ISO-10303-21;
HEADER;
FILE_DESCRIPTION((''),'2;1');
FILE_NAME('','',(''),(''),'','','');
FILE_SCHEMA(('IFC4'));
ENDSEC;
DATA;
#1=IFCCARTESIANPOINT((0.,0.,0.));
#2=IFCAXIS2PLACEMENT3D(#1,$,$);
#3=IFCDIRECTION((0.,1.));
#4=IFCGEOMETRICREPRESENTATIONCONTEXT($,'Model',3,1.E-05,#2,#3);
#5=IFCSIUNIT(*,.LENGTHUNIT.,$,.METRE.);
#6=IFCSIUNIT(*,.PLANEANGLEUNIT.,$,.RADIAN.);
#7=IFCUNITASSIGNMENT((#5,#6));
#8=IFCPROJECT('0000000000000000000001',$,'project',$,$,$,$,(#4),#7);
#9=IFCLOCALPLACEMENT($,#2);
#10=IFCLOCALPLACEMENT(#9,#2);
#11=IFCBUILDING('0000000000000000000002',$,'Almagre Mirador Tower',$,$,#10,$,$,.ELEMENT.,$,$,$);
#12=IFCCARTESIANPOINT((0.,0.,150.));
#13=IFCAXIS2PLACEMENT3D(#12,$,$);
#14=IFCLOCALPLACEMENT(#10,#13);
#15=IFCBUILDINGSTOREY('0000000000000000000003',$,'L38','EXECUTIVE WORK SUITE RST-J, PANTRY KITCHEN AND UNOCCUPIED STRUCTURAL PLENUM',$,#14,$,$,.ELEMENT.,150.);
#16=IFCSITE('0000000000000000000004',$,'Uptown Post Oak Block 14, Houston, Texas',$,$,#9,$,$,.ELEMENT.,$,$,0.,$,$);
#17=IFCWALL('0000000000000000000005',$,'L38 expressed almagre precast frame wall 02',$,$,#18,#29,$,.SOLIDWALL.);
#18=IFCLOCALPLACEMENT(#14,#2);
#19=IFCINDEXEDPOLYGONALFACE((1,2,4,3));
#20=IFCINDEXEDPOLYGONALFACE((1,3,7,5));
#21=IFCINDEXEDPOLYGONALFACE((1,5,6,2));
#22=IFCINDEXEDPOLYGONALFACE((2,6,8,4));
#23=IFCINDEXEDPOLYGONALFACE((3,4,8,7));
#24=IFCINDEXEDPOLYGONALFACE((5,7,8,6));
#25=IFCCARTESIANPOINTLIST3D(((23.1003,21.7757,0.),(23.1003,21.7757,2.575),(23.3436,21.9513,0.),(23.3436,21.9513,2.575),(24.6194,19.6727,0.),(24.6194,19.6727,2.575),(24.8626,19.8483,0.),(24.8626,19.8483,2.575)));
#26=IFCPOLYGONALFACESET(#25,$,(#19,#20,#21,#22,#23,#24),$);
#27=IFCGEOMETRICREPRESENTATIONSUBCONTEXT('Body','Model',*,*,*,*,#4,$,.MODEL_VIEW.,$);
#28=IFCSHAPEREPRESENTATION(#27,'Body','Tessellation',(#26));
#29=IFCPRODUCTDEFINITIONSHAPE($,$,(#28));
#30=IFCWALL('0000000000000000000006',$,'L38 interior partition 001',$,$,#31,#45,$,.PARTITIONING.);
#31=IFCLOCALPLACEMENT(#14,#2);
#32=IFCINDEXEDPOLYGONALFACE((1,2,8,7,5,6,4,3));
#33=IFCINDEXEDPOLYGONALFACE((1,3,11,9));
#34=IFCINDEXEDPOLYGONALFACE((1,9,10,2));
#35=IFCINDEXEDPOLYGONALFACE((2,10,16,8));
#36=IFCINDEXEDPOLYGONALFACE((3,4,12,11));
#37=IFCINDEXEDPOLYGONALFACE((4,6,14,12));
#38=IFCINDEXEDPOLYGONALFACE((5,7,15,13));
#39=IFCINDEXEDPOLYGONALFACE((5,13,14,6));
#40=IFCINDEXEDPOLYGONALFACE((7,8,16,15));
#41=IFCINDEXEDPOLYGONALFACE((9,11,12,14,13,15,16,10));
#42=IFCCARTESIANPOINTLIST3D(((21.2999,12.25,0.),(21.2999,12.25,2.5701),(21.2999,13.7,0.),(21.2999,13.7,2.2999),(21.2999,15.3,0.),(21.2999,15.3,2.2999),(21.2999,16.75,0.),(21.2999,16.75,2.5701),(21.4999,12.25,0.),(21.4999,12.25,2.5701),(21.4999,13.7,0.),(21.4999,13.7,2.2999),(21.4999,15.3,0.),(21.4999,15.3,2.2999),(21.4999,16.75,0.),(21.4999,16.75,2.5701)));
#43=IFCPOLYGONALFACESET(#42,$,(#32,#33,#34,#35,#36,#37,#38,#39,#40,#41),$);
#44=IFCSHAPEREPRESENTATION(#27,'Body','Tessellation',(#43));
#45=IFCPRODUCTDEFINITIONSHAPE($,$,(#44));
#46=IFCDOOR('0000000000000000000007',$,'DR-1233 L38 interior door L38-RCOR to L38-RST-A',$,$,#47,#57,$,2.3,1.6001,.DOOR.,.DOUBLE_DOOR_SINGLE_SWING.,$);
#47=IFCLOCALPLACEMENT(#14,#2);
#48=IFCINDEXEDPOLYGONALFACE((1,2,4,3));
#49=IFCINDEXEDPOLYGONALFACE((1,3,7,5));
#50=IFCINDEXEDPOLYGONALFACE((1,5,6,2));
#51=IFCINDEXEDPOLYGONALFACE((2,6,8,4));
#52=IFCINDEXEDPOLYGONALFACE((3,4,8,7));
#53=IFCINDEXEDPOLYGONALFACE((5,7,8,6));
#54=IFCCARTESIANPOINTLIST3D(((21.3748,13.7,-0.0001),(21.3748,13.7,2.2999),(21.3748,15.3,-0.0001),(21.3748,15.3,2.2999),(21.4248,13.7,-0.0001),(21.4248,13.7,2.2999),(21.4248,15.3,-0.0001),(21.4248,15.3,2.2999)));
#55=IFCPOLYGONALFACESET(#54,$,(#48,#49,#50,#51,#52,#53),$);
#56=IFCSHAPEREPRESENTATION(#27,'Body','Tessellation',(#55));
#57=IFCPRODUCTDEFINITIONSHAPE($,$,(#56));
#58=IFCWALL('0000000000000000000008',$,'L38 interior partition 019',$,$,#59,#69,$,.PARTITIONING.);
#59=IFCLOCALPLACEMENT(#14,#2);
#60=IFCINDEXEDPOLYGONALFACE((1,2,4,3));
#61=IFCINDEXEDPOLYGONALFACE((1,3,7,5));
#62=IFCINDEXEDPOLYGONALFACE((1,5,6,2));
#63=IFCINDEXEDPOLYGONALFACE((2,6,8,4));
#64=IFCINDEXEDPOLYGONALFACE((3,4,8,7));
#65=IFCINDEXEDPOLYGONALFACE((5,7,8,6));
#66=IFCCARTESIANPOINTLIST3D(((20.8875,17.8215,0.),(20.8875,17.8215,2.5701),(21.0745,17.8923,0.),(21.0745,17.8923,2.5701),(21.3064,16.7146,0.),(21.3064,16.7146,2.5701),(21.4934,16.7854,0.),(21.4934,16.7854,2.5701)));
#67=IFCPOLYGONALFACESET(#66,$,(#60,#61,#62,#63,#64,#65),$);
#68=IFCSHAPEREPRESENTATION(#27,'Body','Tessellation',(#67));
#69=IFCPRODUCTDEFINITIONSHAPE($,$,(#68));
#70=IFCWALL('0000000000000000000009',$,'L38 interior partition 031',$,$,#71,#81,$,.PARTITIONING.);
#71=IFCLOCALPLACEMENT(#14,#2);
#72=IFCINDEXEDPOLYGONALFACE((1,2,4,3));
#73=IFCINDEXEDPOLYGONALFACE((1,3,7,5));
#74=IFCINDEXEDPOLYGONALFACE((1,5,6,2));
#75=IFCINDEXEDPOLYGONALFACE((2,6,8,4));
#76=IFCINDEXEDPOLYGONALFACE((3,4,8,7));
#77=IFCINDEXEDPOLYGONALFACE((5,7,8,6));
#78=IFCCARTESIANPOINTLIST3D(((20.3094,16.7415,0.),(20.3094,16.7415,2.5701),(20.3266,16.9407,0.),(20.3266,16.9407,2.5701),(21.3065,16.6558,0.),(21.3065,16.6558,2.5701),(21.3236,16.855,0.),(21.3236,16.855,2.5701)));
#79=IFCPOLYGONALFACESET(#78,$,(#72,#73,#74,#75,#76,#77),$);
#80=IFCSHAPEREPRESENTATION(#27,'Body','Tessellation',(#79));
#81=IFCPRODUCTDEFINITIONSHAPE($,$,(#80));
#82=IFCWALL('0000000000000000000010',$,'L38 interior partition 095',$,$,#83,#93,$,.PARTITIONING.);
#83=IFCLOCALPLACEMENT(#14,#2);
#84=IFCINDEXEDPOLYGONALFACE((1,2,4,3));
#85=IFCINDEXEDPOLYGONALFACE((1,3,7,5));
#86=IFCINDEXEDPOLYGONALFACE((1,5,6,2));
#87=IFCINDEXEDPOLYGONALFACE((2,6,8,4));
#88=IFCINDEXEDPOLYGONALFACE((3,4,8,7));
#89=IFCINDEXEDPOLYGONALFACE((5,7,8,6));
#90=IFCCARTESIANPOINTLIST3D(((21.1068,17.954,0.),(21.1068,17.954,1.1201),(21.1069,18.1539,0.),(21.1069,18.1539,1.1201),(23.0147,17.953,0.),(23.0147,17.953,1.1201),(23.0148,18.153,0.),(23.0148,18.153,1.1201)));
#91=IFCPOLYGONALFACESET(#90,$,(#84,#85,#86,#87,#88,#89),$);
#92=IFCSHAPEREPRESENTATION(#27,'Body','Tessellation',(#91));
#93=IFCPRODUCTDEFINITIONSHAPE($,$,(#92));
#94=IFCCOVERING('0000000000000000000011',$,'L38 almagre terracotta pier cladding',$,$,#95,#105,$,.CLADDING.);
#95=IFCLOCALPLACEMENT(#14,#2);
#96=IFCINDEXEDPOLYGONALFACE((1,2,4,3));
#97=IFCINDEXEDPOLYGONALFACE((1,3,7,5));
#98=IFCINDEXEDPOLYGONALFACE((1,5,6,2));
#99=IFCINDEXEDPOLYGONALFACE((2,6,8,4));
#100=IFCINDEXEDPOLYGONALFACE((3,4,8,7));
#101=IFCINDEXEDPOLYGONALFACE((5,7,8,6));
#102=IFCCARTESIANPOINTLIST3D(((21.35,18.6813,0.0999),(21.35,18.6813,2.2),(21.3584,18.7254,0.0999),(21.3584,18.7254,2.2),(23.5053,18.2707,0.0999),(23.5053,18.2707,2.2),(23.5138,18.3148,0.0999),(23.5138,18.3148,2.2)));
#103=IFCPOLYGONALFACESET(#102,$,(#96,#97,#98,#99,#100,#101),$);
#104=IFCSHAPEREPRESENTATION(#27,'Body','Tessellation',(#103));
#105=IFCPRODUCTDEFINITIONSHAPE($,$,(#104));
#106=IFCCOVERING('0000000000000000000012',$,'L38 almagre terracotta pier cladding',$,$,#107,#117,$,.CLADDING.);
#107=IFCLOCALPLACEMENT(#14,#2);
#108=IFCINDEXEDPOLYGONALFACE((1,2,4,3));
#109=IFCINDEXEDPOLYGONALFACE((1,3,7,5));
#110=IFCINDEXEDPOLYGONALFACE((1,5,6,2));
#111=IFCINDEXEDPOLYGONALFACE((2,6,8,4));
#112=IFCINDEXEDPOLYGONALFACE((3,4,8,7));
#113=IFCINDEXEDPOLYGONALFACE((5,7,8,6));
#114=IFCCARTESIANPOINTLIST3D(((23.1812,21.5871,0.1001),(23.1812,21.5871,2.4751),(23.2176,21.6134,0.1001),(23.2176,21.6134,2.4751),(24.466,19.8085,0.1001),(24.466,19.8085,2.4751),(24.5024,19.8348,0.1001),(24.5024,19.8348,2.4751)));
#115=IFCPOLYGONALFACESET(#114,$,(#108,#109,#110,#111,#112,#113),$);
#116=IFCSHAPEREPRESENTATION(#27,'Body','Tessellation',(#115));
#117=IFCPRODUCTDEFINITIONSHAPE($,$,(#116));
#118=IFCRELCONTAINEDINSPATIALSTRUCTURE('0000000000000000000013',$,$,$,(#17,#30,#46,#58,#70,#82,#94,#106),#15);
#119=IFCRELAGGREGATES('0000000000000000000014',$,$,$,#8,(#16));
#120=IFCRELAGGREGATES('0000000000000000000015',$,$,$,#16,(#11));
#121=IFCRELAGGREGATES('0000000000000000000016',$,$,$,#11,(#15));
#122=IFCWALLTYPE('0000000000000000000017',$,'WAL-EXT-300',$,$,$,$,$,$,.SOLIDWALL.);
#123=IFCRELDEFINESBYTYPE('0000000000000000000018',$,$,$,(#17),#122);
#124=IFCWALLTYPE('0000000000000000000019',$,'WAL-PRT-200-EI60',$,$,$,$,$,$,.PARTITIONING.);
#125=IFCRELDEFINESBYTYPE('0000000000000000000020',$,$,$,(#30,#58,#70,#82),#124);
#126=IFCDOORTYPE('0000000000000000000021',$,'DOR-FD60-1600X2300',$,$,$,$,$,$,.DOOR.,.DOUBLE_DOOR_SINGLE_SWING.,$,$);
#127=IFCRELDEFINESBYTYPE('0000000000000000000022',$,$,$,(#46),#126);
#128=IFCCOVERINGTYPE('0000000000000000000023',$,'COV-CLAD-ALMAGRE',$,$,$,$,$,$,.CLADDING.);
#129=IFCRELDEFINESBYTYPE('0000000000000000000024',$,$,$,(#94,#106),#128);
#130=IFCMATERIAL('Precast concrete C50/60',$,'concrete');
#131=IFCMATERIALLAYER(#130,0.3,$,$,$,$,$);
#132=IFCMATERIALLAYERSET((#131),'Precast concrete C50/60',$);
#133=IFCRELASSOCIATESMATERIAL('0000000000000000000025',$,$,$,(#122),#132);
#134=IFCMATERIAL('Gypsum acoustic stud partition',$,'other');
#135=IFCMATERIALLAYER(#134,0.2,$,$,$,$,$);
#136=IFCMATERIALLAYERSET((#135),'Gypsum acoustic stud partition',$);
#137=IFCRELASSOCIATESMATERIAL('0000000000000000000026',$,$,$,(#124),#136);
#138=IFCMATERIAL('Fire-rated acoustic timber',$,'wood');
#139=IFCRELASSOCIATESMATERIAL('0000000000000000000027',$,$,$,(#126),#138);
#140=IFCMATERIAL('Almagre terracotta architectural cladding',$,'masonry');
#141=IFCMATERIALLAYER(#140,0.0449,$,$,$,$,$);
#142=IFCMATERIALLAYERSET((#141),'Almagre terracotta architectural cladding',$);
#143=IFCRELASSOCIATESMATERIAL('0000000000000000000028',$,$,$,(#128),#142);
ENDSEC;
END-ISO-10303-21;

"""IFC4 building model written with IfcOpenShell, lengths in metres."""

from ifc_helpers import new_model, si_unit, direction, frame, frame_2d, origin, origin_2d, place, context, subcontext, project, spatial, rectangle, extrude, material, layer, layer_set, type_object, element, fill, save


model = new_model("IFC4")

# Units and contexts
model_context = context("Model", 3, precision=1e-05, world=origin(), true_north=direction((0.0, 1.0)))
body_context = subcontext(model_context, "Body", "Model", "MODEL_VIEW")
ifc_project = project(units=[si_unit("LENGTHUNIT", "METRE"), si_unit("PLANEANGLEUNIT", "RADIAN")], contexts=[model_context])

# Site, building, storey
site_placement = place(None, origin())
site = spatial("IfcSite", under=ifc_project, at=site_placement, Name="Uptown Post Oak Block 14, Houston, Texas", CompositionType="ELEMENT", RefElevation=0.0)
building_placement = place(site_placement, origin())
building = spatial("IfcBuilding", under=site, at=building_placement, Name="Almagre Mirador Tower", CompositionType="ELEMENT")
storey_placement = place(building_placement, frame((0.0, 0.0, 150.0)))
storey = spatial("IfcBuildingStorey", under=building, at=storey_placement, Name="L38", Description="EXECUTIVE WORK SUITE RST-J, PANTRY KITCHEN AND UNOCCUPIED STRUCTURAL PLENUM", CompositionType="ELEMENT", Elevation=150.0)

# Wall
ifc_material_1 = material(Name="Precast concrete C50/60", Category="concrete")
ifc_layer_1 = layer(ifc_material_1, 0.3)
ifc_layer_set_1 = layer_set([ifc_layer_1], Name="Precast concrete C50/60")
wall_type_1 = type_object("IfcWallType", Name="WAL-EXT-300", PredefinedType="SOLIDWALL", material=ifc_layer_set_1)
wall_1_placement = place(storey_placement, frame((24.741, 19.7605, 0.0), z_axis=(0.0, 0.0, 1.0), x_axis=(-0.585539, 0.810644, 0.0)))
element("IfcWall", 1, at=wall_1_placement, inside=storey, type_object=wall_type_1, Name="L38 expressed almagre precast frame wall 02", PredefinedType="SOLIDWALL", context=body_context, shape_type="SweptSolid", body=[
    extrude(rectangle(XDim=2.5942, YDim=0.3, at=frame_2d((1.2971, 0.0))), origin(), (0.0, 0.0, 1.0), 2.575),
])

# Wall, opening, door
ifc_material_2 = material(Name="Gypsum acoustic stud partition", Category="other")
ifc_layer_2 = layer(ifc_material_2, 0.2)
ifc_layer_set_2 = layer_set([ifc_layer_2], Name="Gypsum acoustic stud partition")
wall_type_2 = type_object("IfcWallType", Name="WAL-PRT-200-EI60", PredefinedType="PARTITIONING", material=ifc_layer_set_2)
wall_2_placement = place(storey_placement, frame((21.3999, 16.75, 0.0), z_axis=(0.0, 0.0, 1.0), x_axis=(0.0, -1.0, 0.0)))
wall_2 = element("IfcWall", 2, at=wall_2_placement, inside=storey, type_object=wall_type_2, Name="L38 interior partition 001", PredefinedType="PARTITIONING", context=body_context, shape_type="SweptSolid", body=[
    extrude(rectangle(XDim=4.5, YDim=0.2, at=frame_2d((2.25, 0.0))), origin(), (0.0, 0.0, 1.0), 2.5701),
])
opening_placement = place(wall_2_placement, frame((1.45, 0.0, 0.0)))
opening = element("IfcOpeningElement", 3, at=opening_placement, cuts=wall_2, PredefinedType="OPENING", context=body_context, shape_type="SweptSolid", body=[
    extrude(rectangle(XDim=1.6001, YDim=2.3, at=frame_2d((0.8, 1.1499))), frame((0.0, 0.1101, 0.0), z_axis=(0.0, -1.0, 0.0), x_axis=(1.0, 0.0, 0.0)), (0.0, 0.0, 1.0), 0.22),
])
ifc_material_3 = material(Name="Fire-rated acoustic timber", Category="wood")
door_type = type_object("IfcDoorType", Name="DOR-FD60-1600X2300", OperationType="DOUBLE_DOOR_SINGLE_SWING", PredefinedType="DOOR", material=ifc_material_3)
door_placement = place(opening_placement, origin())
door = element("IfcDoor", 4, at=door_placement, inside=storey, type_object=door_type, Name="DR-1233 L38 interior door L38-RCOR to L38-RST-A", OperationType="DOUBLE_DOOR_SINGLE_SWING", OverallHeight=2.3, OverallWidth=1.6001, PredefinedType="DOOR", context=body_context, shape_type="SweptSolid", body=[
    extrude(rectangle(XDim=1.6001, YDim=2.3, at=frame_2d((0.8, 1.1499))), frame((0.0, 0.0249, 0.0), z_axis=(0.0, -1.0, 0.0), x_axis=(1.0, 0.0, 0.0)), (0.0, 0.0, 1.0), 0.05),
])
fill(opening, door)

# Walls
wall_3_placement = place(storey_placement, frame((20.981, 17.8569, 0.0), z_axis=(0.0, 0.0, 1.0), x_axis=(0.35397, -0.935257, 0.0)))
element("IfcWall", 5, at=wall_3_placement, inside=storey, type_object=wall_type_2, Name="L38 interior partition 019", PredefinedType="PARTITIONING", context=body_context, shape_type="SweptSolid", body=[
    extrude(rectangle(XDim=1.1836, YDim=0.2, at=frame_2d((0.5918, 0.0))), origin(), (0.0, 0.0, 1.0), 2.5701),
])
wall_4_placement = place(storey_placement, frame((21.3152, 16.7554, 0.0), z_axis=(0.0, 0.0, 1.0), x_axis=(-0.996327, 0.085629, 0.0)))
element("IfcWall", 6, at=wall_4_placement, inside=storey, type_object=wall_type_2, Name="L38 interior partition 031", PredefinedType="PARTITIONING", context=body_context, shape_type="SweptSolid", body=[
    extrude(rectangle(XDim=1.0007, YDim=0.2, at=frame_2d((0.5005, 0.0))), origin(), (0.0, 0.0, 1.0), 2.5701),
])
wall_5_placement = place(storey_placement, frame((23.0149, 18.053, 0.0), z_axis=(0.0, 0.0, 1.0), x_axis=(-1.0, 0.000512, 0.0)))
element("IfcWall", 7, at=wall_5_placement, inside=storey, type_object=wall_type_2, Name="L38 interior partition 095", PredefinedType="PARTITIONING", context=body_context, shape_type="SweptSolid", body=[
    extrude(rectangle(XDim=1.908, YDim=0.2, at=frame_2d((0.9541, 0.0))), origin(), (0.0, 0.0, 1.0), 1.1201),
])

# Coverings
ifc_material_4 = material(Name="Almagre terracotta architectural cladding", Category="masonry")
ifc_layer_3 = layer(ifc_material_4, 0.0449)
ifc_layer_set_3 = layer_set([ifc_layer_3], Name="Almagre terracotta architectural cladding")
covering_type = type_object("IfcCoveringType", Name="COV-CLAD-ALMAGRE", PredefinedType="CLADDING", material=ifc_layer_set_3)
covering_1_placement = place(storey_placement, frame((22.4319, 18.498, 0.0999), z_axis=(0.0, 0.0, 1.0), x_axis=(0.982333, -0.187141, 0.0)))
element("IfcCovering", 8, at=covering_1_placement, inside=storey, type_object=covering_type, Name="L38 almagre terracotta pier cladding", PredefinedType="CLADDING", context=body_context, shape_type="SweptSolid", body=[
    extrude(rectangle(XDim=2.1941, YDim=0.0449, at=origin_2d()), origin(), (0.0, 0.0, 1.0), 2.1001),
])
covering_2_placement = place(storey_placement, frame((23.8418, 20.7109, 0.1001), z_axis=(0.0, 0.0, 1.0), x_axis=(-0.585538, 0.810645, 0.0)))
element("IfcCovering", 9, at=covering_2_placement, inside=storey, type_object=covering_type, Name="L38 almagre terracotta pier cladding", PredefinedType="CLADDING", context=body_context, shape_type="SweptSolid", body=[
    extrude(rectangle(XDim=2.1941, YDim=0.0449, at=origin_2d()), origin(), (0.0, 0.0, 1.0), 2.375),
])

save(model, "model.ifc")
